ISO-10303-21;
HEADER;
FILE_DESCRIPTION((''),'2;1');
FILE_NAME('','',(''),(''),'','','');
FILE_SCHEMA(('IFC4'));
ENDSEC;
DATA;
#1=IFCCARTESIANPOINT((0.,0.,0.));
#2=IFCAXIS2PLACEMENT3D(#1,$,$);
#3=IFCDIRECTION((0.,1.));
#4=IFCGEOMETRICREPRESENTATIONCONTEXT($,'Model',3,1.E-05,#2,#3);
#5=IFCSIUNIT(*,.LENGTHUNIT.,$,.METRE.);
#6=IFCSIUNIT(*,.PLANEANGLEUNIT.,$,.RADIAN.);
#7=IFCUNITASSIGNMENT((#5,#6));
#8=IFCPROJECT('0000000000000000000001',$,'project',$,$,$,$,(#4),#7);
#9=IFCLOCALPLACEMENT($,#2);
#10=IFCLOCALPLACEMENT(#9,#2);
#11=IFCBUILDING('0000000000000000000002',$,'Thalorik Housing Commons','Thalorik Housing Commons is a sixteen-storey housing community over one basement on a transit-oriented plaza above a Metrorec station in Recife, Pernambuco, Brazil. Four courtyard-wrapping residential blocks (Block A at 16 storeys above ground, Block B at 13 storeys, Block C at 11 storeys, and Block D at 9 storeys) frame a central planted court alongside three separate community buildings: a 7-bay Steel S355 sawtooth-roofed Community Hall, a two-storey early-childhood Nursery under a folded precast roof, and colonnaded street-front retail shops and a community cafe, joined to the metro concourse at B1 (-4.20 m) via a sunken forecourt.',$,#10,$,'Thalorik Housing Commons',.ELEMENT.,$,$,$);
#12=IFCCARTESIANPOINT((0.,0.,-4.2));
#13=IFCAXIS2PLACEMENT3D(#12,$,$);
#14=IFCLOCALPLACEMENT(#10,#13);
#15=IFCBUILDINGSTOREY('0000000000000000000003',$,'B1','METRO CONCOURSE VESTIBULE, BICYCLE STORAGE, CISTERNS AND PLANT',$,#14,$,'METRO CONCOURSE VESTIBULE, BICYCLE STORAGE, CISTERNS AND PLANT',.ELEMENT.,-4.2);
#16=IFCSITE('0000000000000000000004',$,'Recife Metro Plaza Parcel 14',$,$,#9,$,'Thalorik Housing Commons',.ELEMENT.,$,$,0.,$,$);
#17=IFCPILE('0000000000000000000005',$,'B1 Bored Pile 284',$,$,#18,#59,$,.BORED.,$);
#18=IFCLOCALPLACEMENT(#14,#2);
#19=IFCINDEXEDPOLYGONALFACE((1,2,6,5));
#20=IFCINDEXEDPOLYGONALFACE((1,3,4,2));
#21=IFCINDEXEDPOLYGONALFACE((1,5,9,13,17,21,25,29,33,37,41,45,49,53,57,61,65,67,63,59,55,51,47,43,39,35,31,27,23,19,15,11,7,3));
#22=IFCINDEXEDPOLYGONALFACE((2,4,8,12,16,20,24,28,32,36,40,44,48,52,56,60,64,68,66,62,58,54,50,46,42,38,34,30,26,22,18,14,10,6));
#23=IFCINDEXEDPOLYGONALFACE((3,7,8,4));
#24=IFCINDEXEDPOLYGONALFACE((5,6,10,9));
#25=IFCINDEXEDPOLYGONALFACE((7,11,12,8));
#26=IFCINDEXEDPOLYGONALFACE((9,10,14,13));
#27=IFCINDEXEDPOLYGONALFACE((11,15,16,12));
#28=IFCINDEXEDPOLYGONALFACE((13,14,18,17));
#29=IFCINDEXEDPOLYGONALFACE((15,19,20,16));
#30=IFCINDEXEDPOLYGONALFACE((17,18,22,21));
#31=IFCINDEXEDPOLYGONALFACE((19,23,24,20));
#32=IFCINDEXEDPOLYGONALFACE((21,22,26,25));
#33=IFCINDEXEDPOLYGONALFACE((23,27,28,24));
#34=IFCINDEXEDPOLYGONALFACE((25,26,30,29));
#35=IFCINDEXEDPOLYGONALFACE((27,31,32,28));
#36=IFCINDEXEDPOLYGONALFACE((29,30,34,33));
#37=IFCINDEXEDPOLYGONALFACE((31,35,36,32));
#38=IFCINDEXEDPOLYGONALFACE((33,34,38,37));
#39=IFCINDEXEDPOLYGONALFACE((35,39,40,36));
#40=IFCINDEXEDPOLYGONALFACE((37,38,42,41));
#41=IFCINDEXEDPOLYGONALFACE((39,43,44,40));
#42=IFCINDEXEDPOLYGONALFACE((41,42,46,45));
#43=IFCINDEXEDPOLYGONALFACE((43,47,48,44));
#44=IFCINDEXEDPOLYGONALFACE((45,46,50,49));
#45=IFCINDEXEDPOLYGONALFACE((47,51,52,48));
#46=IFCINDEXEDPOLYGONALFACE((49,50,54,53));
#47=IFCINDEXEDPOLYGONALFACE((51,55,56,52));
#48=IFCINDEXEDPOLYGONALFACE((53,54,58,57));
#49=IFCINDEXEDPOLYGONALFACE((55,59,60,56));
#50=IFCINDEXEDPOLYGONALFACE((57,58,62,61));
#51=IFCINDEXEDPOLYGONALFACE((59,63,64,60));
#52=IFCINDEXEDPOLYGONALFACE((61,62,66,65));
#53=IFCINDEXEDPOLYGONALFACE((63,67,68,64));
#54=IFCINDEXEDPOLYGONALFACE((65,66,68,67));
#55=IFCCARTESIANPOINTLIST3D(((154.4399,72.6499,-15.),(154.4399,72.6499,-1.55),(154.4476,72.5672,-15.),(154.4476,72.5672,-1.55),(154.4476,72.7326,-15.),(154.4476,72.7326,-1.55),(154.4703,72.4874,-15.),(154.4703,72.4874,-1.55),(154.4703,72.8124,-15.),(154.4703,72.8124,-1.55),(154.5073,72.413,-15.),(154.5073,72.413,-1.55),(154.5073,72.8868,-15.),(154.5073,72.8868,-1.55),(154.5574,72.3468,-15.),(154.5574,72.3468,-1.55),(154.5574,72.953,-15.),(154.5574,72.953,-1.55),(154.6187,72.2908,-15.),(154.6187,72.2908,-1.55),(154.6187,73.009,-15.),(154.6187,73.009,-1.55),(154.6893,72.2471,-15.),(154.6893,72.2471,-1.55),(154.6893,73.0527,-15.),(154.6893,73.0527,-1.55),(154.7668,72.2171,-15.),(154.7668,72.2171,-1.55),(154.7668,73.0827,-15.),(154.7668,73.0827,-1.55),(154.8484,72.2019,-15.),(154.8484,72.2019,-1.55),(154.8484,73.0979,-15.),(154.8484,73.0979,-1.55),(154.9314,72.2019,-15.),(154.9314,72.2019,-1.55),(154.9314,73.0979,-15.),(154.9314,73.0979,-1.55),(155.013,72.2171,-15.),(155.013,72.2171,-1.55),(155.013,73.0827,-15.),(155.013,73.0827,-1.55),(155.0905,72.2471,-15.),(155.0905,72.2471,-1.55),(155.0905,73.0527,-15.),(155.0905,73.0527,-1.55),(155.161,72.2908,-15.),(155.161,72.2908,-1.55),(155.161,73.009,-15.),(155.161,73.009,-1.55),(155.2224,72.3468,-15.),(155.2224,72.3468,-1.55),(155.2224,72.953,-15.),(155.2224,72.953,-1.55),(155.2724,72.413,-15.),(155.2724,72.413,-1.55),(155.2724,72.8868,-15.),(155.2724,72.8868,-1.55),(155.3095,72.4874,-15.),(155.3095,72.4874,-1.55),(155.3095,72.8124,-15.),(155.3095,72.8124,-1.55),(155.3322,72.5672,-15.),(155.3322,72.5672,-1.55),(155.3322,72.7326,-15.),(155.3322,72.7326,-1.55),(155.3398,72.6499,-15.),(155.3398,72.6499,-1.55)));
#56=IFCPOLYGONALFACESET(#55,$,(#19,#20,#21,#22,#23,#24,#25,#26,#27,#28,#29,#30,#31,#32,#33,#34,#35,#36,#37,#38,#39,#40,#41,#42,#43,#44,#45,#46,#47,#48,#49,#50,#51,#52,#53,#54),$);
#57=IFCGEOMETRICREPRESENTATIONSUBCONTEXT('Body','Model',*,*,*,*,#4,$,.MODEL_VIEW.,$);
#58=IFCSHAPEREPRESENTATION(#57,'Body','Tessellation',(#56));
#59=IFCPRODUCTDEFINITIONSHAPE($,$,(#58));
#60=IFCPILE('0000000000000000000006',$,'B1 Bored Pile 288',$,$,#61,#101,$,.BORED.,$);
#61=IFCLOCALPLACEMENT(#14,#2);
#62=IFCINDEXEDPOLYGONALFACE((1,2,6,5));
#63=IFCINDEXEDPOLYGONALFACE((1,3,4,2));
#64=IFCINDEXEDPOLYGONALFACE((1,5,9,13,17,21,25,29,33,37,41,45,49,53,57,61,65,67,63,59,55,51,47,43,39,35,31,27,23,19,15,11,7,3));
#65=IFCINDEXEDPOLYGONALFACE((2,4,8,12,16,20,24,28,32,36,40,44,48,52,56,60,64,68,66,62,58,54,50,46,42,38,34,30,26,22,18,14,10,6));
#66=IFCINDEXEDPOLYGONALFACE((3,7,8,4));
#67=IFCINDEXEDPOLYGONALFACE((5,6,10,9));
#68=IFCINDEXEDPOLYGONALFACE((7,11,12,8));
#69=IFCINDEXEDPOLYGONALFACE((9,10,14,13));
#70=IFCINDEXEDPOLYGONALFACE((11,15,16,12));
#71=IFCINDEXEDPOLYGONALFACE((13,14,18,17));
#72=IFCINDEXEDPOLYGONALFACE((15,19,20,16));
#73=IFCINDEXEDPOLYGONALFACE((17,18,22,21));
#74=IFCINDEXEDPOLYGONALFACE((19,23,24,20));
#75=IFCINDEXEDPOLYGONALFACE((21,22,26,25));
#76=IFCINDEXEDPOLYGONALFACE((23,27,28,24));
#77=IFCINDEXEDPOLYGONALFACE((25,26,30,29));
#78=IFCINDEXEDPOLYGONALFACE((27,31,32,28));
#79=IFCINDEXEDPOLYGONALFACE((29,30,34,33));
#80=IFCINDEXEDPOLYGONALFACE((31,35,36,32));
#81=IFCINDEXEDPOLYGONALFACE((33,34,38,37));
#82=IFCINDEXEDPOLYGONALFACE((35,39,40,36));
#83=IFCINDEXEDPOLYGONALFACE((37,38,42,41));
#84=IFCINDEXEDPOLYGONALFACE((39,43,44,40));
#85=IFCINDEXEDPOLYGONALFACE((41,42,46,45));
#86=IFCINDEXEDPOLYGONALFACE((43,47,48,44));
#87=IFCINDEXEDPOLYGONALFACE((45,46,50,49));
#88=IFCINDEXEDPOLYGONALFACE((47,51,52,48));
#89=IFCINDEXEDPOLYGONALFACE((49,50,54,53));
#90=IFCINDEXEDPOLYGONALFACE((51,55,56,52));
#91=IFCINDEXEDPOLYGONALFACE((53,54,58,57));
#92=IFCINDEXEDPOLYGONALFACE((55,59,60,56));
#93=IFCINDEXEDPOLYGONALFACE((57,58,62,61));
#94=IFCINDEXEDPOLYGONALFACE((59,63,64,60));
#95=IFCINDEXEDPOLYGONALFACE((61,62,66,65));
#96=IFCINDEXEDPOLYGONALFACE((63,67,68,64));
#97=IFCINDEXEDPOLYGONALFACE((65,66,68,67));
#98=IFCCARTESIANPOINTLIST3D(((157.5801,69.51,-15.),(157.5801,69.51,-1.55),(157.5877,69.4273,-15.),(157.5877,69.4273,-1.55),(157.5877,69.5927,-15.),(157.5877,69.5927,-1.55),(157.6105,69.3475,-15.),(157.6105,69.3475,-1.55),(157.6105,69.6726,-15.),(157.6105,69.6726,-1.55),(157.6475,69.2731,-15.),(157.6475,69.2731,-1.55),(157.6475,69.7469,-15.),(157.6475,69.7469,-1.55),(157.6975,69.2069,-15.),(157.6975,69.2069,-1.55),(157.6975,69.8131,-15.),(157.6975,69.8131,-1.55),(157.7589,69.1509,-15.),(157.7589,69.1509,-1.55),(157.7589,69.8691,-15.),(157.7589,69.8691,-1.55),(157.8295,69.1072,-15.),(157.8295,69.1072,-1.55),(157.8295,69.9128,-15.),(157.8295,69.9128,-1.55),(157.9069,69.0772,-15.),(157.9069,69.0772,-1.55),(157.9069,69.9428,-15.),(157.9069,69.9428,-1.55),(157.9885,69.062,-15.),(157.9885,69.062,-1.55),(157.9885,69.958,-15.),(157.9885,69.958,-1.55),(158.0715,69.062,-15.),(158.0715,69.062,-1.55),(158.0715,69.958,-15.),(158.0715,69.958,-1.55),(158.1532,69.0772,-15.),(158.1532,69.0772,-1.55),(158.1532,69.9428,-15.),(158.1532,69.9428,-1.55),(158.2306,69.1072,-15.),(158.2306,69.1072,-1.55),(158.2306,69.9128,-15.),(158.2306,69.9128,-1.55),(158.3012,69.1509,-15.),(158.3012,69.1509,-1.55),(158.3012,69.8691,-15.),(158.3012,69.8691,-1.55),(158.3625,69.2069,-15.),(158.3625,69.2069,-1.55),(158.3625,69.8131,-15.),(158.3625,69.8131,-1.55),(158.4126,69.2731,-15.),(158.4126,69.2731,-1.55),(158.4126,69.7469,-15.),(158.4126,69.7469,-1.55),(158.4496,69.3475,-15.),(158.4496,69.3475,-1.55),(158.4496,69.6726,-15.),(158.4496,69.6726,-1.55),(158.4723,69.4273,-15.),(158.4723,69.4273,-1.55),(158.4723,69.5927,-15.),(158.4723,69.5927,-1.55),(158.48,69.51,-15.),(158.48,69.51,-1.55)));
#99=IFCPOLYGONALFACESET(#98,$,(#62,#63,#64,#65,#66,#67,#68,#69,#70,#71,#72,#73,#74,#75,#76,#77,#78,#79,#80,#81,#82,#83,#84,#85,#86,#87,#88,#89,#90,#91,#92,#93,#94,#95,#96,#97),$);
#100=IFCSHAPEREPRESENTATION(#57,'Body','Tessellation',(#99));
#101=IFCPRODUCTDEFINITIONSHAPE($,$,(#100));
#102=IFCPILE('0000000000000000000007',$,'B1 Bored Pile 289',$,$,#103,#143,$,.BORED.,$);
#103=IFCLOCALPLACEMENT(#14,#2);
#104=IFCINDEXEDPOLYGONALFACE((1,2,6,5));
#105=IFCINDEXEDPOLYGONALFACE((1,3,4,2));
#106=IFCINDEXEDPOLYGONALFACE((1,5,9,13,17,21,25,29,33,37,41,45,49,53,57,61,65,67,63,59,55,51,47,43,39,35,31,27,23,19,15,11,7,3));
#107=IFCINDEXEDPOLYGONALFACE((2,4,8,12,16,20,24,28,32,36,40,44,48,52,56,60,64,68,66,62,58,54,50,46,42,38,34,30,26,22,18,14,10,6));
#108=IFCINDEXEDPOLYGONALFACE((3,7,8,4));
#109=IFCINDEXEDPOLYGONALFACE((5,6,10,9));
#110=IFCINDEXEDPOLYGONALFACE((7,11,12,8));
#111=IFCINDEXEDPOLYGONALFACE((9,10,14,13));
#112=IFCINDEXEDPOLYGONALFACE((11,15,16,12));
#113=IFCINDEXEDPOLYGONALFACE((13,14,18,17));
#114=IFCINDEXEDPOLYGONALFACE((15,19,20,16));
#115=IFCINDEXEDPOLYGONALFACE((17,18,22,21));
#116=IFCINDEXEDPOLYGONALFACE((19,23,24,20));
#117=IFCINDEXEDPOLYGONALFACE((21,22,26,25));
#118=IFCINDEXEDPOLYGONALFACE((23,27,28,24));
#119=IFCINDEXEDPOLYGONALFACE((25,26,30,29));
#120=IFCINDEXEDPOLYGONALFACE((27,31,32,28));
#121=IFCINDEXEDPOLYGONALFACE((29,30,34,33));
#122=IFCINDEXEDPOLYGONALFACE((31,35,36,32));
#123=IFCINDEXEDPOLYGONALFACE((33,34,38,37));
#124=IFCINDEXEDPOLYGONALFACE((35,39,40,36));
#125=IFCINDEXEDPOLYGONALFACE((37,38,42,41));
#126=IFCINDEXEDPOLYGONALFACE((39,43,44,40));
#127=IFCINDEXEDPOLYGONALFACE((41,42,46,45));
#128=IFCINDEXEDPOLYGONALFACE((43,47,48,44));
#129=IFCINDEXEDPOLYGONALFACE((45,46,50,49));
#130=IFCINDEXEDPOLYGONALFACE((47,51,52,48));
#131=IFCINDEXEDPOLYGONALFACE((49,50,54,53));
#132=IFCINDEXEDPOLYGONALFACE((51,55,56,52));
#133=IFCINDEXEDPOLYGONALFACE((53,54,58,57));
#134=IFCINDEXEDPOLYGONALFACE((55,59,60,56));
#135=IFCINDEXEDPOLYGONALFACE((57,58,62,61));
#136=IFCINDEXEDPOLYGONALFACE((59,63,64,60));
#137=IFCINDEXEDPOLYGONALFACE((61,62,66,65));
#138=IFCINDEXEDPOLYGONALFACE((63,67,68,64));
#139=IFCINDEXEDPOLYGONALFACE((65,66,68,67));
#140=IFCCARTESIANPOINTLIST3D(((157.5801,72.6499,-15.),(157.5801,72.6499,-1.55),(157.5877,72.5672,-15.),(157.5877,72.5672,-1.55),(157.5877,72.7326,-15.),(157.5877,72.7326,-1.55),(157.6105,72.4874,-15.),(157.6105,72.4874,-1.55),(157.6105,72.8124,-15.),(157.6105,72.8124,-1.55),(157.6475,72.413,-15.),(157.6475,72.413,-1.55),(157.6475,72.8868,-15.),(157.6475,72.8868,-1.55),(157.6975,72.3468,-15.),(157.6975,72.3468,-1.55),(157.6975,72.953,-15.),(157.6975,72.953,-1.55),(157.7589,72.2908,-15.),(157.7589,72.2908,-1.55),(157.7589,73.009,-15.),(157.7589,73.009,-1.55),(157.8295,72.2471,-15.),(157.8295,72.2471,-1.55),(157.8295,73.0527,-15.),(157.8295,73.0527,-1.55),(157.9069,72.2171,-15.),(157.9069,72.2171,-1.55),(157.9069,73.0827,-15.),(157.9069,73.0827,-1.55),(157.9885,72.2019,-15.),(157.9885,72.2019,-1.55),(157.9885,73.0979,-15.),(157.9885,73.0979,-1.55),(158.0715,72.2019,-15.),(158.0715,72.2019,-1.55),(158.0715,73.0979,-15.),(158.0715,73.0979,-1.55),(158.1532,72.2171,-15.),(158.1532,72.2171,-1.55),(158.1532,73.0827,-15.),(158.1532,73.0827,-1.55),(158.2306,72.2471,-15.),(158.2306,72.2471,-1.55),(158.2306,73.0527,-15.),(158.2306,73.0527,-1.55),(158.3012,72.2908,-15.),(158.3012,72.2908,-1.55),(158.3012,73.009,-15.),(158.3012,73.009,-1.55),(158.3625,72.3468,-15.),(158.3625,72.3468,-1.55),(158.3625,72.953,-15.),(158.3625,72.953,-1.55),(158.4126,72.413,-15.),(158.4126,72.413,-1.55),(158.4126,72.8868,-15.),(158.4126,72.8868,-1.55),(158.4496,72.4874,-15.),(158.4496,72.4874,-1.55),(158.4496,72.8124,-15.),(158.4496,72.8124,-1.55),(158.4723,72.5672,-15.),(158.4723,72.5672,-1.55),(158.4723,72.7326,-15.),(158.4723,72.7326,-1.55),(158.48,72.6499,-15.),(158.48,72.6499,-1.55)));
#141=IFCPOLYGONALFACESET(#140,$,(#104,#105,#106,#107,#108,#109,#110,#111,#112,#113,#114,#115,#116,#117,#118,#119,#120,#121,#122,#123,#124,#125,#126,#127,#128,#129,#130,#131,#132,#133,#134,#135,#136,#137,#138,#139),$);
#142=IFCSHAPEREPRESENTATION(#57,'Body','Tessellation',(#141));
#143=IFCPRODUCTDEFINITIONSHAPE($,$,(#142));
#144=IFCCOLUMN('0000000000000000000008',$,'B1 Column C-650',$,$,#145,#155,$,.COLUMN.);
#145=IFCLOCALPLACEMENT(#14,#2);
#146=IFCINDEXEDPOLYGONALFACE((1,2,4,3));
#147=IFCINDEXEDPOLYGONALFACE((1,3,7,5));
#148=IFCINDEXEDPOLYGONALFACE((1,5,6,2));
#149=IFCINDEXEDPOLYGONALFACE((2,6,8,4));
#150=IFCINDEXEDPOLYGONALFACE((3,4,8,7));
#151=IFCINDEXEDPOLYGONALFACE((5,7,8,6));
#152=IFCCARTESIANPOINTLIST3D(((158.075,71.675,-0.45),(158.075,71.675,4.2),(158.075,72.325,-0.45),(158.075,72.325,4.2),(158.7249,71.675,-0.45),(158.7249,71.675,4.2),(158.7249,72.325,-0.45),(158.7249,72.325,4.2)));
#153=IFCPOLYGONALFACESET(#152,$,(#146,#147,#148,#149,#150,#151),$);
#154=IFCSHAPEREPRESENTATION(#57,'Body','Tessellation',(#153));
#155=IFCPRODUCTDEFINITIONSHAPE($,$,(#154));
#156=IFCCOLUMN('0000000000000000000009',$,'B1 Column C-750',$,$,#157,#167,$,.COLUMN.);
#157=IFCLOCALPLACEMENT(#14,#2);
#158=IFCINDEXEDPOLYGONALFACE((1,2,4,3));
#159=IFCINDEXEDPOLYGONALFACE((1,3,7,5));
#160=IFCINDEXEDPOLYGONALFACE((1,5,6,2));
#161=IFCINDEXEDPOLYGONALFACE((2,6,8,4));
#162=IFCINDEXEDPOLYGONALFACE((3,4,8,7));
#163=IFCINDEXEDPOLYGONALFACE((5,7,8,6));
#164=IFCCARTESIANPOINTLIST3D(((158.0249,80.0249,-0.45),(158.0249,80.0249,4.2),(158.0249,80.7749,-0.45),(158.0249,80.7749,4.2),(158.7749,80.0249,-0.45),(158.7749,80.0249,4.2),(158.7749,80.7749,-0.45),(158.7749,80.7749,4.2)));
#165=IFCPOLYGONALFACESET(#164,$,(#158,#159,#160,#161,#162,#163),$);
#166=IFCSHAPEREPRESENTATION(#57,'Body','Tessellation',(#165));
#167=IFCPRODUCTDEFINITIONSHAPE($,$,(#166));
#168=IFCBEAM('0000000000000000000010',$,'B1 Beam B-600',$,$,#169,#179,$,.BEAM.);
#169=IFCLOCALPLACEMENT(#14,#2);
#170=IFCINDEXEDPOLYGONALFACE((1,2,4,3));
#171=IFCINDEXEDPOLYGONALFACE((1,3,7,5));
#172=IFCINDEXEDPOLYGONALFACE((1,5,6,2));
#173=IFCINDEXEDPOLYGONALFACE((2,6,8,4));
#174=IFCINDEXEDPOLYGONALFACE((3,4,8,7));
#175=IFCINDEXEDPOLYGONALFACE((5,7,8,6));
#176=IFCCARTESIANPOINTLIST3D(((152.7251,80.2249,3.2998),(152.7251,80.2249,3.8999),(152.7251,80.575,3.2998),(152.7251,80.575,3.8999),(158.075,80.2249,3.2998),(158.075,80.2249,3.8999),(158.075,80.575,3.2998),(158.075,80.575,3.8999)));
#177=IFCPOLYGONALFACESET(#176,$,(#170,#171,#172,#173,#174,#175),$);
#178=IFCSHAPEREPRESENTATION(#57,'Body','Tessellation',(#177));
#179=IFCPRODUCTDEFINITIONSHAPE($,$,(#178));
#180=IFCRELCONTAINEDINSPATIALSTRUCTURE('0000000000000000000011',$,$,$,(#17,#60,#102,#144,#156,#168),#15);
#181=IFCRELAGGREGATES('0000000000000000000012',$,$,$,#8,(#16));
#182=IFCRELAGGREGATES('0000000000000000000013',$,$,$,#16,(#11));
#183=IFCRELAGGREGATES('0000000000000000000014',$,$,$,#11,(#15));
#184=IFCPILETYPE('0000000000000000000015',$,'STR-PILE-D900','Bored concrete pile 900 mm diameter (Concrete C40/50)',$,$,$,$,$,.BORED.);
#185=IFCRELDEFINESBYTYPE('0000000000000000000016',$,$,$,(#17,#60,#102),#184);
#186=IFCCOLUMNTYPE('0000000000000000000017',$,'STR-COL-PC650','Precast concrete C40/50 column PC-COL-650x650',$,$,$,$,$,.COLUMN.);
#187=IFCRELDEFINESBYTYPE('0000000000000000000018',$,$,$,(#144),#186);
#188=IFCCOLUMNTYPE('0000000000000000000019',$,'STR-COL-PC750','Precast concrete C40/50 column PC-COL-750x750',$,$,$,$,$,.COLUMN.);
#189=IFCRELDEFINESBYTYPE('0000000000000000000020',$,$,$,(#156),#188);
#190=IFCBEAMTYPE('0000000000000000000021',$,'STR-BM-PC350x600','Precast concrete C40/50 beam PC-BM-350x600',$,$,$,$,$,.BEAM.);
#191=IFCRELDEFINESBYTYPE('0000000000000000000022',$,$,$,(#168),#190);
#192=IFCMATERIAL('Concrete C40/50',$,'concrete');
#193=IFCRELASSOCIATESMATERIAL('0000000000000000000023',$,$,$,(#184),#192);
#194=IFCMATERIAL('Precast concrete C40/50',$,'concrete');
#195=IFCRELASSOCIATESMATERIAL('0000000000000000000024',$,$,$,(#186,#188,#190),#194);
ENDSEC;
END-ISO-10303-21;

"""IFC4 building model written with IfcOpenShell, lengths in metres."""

from ifc_helpers import new_model, si_unit, direction, frame, origin, origin_2d, place, context, subcontext, project, spatial, rectangle, circle, extrude, material, material_profile, profile_set, type_object, element, save


model = new_model("IFC4")

# Units and contexts
model_context = context("Model", 3, precision=1e-05, world=origin(), true_north=direction((0.0, 1.0)))
body_context = subcontext(model_context, "Body", "Model", "MODEL_VIEW")
ifc_project = project(units=[si_unit("LENGTHUNIT", "METRE"), si_unit("PLANEANGLEUNIT", "RADIAN")], contexts=[model_context])

# Site, building, storey
site_placement = place(None, origin())
site = spatial("IfcSite", under=ifc_project, at=site_placement, Name="Recife Metro Plaza Parcel 14", LongName="Thalorik Housing Commons", CompositionType="ELEMENT", RefElevation=0.0)
building_placement = place(site_placement, origin())
building = spatial("IfcBuilding", under=site, at=building_placement, Name="Thalorik Housing Commons", Description="Thalorik Housing Commons is a sixteen-storey housing community over one basement on a transit-oriented plaza above a Metrorec station in Recife, Pernambuco, Brazil. Four courtyard-wrapping residential blocks (Block A at 16 storeys above ground, Block B at 13 storeys, Block C at 11 storeys, and Block D at 9 storeys) frame a central planted court alongside three separate community buildings: a 7-bay Steel S355 sawtooth-roofed Community Hall, a two-storey early-childhood Nursery under a folded precast roof, and colonnaded street-front retail shops and a community cafe, joined to the metro concourse at B1 (-4.20 m) via a sunken forecourt.", LongName="Thalorik Housing Commons", CompositionType="ELEMENT")
storey_placement = place(building_placement, frame((0.0, 0.0, -4.2)))
storey = spatial("IfcBuildingStorey", under=building, at=storey_placement, Name="B1", Description="METRO CONCOURSE VESTIBULE, BICYCLE STORAGE, CISTERNS AND PLANT", LongName="METRO CONCOURSE VESTIBULE, BICYCLE STORAGE, CISTERNS AND PLANT", CompositionType="ELEMENT", Elevation=-4.2)

# Shared definitions
ifc_material_1 = material(Name="Concrete C40/50", Category="concrete")

# Piles
ifc_material_profile_1 = material_profile(ifc_material_1, circle(Radius=0.45, at=origin_2d()), Name="BORED PILE D900", Category="concrete")
ifc_profile_set_1 = profile_set([ifc_material_profile_1], Name="Concrete C40/50")
pile_type_1 = type_object("IfcPileType", Name="STR-PILE-D900", Description="Bored concrete pile 900 mm diameter (Concrete C40/50)", PredefinedType="BORED", material=ifc_profile_set_1)
for number, where, z_axis, x_axis, name in (
    (1, (154.8899, 72.6499, -1.55), (0.0, 0.0, -1.0), (1.0, 0.0, 0.0), "B1 Bored Pile 284"),
    (2, (158.03, 69.51, -1.55), (0.0, 0.0, -1.0), (1.0, 0.0, 0.0), "B1 Bored Pile 288"),
    (3, (158.03, 72.6499, -1.55), (0.0, 0.0, -1.0), (1.0, 0.0, 0.0), "B1 Bored Pile 289"),
):
    element("IfcPile", number, at=place(storey_placement, frame(where, z_axis=z_axis, x_axis=x_axis)), inside=storey, type_object=pile_type_1, Name=name, PredefinedType="BORED", context=body_context, shape_type="SweptSolid", body=[
        extrude(circle(Radius=0.45, at=origin_2d()), origin(), (0.0, 0.0, 1.0), 13.45),
    ])

# Columns
ifc_material_2 = material(Name="Precast concrete C40/50", Category="concrete")
ifc_material_profile_2 = material_profile(ifc_material_2, rectangle(XDim=0.6499, YDim=0.6499, at=origin_2d()), Name="PC 650x650", Category="concrete")
ifc_profile_set_2 = profile_set([ifc_material_profile_2], Name="Precast concrete C40/50")
column_type_1 = type_object("IfcColumnType", Name="STR-COL-PC650", Description="Precast concrete C40/50 column PC-COL-650x650", PredefinedType="COLUMN", material=ifc_profile_set_2)
column_1_placement = place(storey_placement, frame((158.3999, 72.0, -0.45), z_axis=(0.0, 0.0, 1.0), x_axis=(1.0, 0.0, 0.0)))
element("IfcColumn", 4, at=column_1_placement, inside=storey, type_object=column_type_1, Name="B1 Column C-650", PredefinedType="COLUMN", context=body_context, shape_type="SweptSolid", body=[
    extrude(rectangle(XDim=0.6499, YDim=0.6499, at=origin_2d()), origin(), (0.0, 0.0, 1.0), 4.6499),
])
ifc_material_profile_3 = material_profile(ifc_material_2, rectangle(XDim=0.75, YDim=0.75, at=origin_2d()), Name="PC 750x750", Category="concrete")
ifc_profile_set_3 = profile_set([ifc_material_profile_3], Name="Precast concrete C40/50")
column_type_2 = type_object("IfcColumnType", Name="STR-COL-PC750", Description="Precast concrete C40/50 column PC-COL-750x750", PredefinedType="COLUMN", material=ifc_profile_set_3)
column_2_placement = place(storey_placement, frame((158.3999, 80.3999, -0.45), z_axis=(0.0, 0.0, 1.0), x_axis=(1.0, 0.0, 0.0)))
element("IfcColumn", 5, at=column_2_placement, inside=storey, type_object=column_type_2, Name="B1 Column C-750", PredefinedType="COLUMN", context=body_context, shape_type="SweptSolid", body=[
    extrude(rectangle(XDim=0.75, YDim=0.75, at=origin_2d()), origin(), (0.0, 0.0, 1.0), 4.6499),
])

# Beam
ifc_material_profile_4 = material_profile(ifc_material_2, rectangle(XDim=0.3501, YDim=0.6001, at=origin_2d()), Name="PC 350x600", Category="concrete")
ifc_profile_set_4 = profile_set([ifc_material_profile_4], Name="Precast concrete C40/50")
beam_type = type_object("IfcBeamType", Name="STR-BM-PC350x600", Description="Precast concrete C40/50 beam PC-BM-350x600", PredefinedType="BEAM", material=ifc_profile_set_4)
beam_placement = place(storey_placement, frame((152.7251, 80.3999, 3.5999), z_axis=(1.0, 0.0, 0.0), x_axis=(0.0, 1.0, 0.0)))
element("IfcBeam", 6, at=beam_placement, inside=storey, type_object=beam_type, Name="B1 Beam B-600", PredefinedType="BEAM", context=body_context, shape_type="SweptSolid", body=[
    extrude(rectangle(XDim=0.3501, YDim=0.6001, at=origin_2d()), origin(), (0.0, 0.0, 1.0), 5.3499),
])

save(model, "model.ifc")
